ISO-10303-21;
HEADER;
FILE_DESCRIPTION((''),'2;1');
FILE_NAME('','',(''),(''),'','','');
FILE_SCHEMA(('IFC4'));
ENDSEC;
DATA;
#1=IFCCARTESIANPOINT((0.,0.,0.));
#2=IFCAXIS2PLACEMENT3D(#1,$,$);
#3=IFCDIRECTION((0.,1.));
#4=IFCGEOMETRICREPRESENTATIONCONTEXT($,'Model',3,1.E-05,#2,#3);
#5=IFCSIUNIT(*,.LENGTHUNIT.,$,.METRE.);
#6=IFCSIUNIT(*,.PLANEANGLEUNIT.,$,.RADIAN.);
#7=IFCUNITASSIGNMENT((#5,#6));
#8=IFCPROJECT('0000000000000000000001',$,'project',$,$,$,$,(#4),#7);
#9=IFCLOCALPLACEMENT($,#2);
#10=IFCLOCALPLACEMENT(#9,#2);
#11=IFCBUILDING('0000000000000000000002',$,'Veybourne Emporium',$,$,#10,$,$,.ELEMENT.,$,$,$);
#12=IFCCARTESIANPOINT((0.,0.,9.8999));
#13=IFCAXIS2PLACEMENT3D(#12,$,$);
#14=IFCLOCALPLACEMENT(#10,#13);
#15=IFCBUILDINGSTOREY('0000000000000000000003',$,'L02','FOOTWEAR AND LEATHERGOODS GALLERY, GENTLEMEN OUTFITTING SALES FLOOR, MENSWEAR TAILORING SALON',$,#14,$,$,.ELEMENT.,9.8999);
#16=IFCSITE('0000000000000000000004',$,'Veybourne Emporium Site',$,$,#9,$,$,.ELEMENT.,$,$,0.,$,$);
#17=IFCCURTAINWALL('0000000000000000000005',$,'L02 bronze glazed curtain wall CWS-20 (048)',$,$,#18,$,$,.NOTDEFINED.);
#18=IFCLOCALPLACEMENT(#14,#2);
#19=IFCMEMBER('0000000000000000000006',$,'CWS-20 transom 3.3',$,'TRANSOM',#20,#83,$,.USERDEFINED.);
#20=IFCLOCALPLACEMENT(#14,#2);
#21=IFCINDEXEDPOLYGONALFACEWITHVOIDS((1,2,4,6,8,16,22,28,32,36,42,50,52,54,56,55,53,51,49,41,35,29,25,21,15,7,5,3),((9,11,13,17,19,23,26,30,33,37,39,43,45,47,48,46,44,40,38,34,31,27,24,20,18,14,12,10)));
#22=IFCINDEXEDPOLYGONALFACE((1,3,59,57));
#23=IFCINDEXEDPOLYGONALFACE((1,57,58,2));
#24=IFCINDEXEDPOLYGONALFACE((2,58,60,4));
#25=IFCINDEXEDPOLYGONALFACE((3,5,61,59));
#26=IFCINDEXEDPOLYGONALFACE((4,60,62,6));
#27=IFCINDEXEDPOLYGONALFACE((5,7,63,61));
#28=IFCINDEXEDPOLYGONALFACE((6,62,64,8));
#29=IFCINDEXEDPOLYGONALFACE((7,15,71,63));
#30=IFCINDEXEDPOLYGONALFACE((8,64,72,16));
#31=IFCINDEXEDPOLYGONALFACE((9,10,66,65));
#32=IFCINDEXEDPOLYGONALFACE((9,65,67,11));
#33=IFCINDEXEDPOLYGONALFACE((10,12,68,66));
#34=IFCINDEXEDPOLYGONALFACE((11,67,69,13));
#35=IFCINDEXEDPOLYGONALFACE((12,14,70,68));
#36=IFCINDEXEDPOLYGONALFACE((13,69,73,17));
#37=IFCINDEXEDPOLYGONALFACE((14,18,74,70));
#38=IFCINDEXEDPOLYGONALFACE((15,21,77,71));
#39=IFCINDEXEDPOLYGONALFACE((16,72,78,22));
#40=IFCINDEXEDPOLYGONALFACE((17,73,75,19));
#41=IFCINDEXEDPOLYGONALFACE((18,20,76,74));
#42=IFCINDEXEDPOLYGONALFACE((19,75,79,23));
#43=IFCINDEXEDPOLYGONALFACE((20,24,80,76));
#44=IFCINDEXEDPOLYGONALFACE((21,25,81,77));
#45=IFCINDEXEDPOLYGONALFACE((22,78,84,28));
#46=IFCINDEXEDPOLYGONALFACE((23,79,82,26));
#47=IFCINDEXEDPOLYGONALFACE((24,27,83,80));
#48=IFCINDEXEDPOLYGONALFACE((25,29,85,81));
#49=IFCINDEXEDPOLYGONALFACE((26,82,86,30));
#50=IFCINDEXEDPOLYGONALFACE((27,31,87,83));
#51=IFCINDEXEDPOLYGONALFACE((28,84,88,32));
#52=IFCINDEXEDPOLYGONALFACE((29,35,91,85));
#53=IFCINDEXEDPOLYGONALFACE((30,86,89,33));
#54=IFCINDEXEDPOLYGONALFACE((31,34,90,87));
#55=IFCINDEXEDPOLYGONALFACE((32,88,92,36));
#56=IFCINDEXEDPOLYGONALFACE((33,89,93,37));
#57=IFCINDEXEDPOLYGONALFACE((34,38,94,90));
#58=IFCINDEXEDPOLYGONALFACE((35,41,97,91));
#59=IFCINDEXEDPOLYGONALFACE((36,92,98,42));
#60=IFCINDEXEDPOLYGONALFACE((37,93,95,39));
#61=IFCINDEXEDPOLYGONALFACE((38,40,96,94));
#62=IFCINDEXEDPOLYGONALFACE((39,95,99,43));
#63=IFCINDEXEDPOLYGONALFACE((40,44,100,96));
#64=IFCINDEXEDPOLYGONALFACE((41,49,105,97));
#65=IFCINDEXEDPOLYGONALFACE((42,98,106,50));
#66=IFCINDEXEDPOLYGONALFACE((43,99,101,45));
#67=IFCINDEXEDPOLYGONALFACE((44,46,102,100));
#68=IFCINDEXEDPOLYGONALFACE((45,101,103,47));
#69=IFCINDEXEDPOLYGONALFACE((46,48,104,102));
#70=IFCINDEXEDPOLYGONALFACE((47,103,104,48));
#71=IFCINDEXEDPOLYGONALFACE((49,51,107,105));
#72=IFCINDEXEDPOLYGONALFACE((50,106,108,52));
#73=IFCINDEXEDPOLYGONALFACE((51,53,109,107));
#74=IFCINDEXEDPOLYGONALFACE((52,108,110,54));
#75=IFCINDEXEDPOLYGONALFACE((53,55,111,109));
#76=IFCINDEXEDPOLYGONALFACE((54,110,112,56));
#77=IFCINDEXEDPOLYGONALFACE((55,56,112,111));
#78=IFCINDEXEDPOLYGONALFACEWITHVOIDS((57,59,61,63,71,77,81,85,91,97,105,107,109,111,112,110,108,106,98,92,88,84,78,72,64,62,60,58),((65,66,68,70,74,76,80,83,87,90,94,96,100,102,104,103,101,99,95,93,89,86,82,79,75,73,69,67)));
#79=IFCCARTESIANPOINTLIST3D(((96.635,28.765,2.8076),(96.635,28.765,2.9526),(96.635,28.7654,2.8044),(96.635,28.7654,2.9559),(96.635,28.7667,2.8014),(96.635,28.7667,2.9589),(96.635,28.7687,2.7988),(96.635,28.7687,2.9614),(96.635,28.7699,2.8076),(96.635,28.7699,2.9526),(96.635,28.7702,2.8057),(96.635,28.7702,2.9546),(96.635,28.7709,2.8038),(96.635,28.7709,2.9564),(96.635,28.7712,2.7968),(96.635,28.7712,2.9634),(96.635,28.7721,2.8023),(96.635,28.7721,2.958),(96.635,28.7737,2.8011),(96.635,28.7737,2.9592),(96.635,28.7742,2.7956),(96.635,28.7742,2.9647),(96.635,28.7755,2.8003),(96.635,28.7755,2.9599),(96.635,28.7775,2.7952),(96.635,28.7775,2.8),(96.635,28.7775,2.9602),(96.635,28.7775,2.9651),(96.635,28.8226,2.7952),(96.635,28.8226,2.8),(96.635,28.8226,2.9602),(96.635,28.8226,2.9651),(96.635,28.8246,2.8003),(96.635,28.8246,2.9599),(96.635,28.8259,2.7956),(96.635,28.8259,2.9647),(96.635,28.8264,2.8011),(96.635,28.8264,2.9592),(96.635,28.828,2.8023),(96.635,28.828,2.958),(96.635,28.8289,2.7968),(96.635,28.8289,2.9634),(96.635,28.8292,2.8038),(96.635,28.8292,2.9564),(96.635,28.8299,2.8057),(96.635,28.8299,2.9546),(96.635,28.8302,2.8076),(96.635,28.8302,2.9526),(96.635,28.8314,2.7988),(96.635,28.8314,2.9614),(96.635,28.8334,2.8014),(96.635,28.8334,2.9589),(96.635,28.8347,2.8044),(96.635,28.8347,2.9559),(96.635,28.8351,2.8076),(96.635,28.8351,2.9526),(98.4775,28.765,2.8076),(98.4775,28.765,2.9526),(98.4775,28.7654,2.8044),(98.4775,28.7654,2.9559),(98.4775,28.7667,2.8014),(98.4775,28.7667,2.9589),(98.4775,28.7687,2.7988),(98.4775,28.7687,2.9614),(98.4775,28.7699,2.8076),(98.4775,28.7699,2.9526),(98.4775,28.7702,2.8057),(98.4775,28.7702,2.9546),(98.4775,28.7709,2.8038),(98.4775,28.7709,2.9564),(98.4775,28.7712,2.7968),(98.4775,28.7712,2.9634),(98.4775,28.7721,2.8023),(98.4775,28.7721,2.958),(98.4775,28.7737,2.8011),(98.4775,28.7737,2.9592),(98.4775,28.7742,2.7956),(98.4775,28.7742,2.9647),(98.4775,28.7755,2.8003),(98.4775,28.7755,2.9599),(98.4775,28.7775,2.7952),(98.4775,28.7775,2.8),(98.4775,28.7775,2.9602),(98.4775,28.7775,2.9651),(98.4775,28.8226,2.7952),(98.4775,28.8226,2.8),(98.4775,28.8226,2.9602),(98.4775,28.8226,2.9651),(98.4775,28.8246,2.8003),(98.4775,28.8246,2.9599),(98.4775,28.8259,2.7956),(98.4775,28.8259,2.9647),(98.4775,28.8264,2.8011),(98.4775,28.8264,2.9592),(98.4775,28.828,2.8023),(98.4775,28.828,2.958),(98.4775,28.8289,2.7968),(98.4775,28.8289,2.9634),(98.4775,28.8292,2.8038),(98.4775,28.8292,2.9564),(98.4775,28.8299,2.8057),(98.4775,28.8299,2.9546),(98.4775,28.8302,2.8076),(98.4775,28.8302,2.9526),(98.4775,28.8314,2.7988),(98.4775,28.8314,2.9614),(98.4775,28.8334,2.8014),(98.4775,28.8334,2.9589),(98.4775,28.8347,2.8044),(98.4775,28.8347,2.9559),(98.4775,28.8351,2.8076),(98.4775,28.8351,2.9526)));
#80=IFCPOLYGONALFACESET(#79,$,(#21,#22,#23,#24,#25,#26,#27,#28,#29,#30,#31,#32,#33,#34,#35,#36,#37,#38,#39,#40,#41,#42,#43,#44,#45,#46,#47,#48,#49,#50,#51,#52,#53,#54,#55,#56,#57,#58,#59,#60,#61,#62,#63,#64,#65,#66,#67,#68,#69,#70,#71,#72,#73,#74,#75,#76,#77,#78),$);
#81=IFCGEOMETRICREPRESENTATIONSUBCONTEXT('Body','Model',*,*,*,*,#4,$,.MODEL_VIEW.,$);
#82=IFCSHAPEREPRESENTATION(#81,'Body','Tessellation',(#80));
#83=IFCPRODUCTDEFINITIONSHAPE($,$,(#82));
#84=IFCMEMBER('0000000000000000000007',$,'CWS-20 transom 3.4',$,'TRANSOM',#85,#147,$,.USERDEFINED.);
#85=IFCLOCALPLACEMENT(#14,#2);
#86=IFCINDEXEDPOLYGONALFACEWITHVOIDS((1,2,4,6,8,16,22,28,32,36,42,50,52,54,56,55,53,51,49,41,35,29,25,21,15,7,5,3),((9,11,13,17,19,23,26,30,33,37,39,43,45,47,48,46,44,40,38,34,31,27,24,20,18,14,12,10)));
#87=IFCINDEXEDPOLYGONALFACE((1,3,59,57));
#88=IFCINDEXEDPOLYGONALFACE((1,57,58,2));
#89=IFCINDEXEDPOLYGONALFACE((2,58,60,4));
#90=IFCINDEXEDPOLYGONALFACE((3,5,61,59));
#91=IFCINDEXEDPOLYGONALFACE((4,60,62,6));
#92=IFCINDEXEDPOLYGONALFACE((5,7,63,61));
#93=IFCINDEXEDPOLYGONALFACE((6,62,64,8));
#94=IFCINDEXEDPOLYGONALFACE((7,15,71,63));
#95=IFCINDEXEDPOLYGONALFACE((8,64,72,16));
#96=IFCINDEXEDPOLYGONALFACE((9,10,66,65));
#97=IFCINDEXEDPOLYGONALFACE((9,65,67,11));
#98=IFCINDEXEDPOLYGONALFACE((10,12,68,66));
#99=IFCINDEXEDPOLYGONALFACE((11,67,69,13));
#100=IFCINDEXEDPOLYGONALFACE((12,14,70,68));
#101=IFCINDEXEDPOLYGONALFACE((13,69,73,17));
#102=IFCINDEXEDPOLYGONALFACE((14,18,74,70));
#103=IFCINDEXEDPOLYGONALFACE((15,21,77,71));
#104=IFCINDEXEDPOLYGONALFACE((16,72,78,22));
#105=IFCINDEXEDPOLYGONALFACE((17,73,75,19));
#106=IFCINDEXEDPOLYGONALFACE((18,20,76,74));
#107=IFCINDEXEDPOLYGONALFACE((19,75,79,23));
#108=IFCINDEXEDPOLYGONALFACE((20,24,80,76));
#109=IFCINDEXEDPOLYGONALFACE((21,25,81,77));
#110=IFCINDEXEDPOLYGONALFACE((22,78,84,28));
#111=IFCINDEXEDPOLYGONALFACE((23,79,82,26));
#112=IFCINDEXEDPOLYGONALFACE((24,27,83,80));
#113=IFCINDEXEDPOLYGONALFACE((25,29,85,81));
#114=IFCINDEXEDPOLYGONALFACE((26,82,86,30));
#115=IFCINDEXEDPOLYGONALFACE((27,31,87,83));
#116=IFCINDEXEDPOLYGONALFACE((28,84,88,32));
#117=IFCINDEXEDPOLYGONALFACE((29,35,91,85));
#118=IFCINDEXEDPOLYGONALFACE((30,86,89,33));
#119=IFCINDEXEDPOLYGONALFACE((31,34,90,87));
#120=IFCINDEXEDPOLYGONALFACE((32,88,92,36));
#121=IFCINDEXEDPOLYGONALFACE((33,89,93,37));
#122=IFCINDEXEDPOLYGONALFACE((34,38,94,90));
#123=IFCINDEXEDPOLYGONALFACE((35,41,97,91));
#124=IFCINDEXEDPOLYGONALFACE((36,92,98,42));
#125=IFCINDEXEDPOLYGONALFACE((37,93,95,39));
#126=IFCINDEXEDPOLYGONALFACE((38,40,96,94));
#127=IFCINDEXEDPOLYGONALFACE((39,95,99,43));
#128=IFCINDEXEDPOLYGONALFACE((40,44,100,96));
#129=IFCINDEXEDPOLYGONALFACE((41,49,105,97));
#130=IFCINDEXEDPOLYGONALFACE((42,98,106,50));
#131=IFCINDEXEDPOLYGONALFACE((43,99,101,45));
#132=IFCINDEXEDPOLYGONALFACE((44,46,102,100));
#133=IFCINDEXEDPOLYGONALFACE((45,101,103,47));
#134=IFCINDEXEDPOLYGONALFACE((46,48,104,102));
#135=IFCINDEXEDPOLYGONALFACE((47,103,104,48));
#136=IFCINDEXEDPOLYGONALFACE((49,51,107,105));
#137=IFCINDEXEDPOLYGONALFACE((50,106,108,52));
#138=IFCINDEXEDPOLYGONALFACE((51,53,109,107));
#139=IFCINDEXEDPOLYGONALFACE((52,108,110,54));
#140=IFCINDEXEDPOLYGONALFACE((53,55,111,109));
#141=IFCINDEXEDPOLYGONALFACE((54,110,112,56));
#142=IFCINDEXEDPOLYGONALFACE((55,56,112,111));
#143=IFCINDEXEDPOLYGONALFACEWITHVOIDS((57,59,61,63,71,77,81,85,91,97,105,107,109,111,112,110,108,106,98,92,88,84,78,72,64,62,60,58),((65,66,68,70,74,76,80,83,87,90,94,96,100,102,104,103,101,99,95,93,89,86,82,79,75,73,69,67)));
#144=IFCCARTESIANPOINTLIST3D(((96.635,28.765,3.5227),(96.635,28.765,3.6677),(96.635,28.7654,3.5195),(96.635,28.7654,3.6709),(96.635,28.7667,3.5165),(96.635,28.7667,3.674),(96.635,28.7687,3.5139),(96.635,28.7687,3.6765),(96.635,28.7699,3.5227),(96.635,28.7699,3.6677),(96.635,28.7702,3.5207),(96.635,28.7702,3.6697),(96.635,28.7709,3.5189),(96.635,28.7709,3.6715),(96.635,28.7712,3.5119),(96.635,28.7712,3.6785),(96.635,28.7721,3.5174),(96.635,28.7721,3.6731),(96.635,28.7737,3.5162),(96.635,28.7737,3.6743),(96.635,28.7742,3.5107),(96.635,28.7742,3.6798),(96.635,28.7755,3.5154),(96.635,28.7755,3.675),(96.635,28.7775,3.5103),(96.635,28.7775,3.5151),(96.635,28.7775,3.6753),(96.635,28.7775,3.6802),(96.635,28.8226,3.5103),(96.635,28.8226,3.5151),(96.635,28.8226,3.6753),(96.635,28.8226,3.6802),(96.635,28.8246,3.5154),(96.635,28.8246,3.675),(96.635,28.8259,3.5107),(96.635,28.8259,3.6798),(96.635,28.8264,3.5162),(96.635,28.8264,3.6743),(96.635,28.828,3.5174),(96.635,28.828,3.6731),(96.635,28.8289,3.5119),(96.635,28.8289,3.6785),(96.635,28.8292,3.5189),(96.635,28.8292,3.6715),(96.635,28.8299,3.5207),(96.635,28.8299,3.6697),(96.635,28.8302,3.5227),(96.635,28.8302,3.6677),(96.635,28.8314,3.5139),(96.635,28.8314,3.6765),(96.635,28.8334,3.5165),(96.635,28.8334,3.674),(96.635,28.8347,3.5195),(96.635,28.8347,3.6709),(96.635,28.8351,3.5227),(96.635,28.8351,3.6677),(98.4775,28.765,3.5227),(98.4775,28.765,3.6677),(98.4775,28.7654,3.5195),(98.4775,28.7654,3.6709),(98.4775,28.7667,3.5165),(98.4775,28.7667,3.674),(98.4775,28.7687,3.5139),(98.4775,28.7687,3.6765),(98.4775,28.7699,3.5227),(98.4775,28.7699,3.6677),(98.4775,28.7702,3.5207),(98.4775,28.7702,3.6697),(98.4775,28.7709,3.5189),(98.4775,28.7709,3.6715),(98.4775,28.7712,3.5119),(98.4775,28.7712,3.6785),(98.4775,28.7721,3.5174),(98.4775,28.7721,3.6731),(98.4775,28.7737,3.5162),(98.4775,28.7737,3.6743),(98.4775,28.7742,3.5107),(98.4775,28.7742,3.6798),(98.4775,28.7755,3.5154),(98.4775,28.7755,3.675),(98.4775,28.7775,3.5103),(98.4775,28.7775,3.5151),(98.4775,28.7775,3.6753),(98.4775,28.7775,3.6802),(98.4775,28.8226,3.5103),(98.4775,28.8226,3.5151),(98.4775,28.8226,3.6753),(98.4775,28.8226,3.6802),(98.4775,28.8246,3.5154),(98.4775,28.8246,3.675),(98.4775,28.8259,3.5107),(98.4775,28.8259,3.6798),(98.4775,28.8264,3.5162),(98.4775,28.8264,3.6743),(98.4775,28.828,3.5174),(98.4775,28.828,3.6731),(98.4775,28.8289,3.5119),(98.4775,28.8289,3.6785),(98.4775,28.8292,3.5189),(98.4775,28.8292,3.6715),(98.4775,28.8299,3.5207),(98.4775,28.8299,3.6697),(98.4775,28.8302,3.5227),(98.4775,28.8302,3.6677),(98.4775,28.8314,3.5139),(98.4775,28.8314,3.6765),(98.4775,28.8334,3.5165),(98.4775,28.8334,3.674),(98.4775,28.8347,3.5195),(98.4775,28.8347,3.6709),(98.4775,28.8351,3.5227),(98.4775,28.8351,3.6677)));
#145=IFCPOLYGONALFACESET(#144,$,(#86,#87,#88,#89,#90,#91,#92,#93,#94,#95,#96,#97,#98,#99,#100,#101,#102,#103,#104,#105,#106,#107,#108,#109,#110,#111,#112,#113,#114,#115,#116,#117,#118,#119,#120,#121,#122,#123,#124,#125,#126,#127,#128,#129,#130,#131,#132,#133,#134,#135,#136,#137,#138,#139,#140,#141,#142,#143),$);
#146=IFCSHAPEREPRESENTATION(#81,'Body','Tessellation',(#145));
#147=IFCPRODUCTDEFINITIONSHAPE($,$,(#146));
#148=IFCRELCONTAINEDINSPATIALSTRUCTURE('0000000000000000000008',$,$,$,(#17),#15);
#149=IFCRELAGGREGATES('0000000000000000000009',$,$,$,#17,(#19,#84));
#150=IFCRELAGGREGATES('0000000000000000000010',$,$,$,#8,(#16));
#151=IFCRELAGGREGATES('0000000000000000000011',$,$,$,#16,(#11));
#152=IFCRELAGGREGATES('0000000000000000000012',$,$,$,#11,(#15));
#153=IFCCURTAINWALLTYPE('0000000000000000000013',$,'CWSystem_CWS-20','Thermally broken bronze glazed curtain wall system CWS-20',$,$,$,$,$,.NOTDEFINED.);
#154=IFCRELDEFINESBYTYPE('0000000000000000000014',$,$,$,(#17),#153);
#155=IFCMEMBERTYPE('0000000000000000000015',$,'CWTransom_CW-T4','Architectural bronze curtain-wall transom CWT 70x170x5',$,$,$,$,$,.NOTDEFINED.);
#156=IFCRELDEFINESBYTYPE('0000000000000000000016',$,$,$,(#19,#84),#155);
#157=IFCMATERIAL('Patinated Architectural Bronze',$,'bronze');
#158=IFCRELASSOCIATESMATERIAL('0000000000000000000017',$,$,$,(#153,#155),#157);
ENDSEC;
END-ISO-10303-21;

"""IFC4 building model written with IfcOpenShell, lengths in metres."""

from ifc_helpers import new_model, si_unit, direction, frame, origin, origin_2d, place, context, subcontext, project, spatial, hollow_rectangle, extrude, material, material_profile, profile_set, type_object, element, aggregate, save


model = new_model("IFC4")

# Units and contexts
model_context = context("Model", 3, precision=1e-05, world=origin(), true_north=direction((0.0, 1.0)))
body_context = subcontext(model_context, "Body", "Model", "MODEL_VIEW")
ifc_project = project(units=[si_unit("LENGTHUNIT", "METRE"), si_unit("PLANEANGLEUNIT", "RADIAN")], contexts=[model_context])

# Site, building, storey
site_placement = place(None, origin())
site = spatial("IfcSite", under=ifc_project, at=site_placement, Name="Veybourne Emporium Site", CompositionType="ELEMENT", RefElevation=0.0)
building_placement = place(site_placement, origin())
building = spatial("IfcBuilding", under=site, at=building_placement, Name="Veybourne Emporium", CompositionType="ELEMENT")
storey_placement = place(building_placement, frame((0.0, 0.0, 9.8999)))
storey = spatial("IfcBuildingStorey", under=building, at=storey_placement, Name="L02", Description="FOOTWEAR AND LEATHERGOODS GALLERY, GENTLEMEN OUTFITTING SALES FLOOR, MENSWEAR TAILORING SALON", CompositionType="ELEMENT", Elevation=9.8999)

# Curtain wall, members
ifc_material_1 = material(Name="Patinated Architectural Bronze", Category="bronze")
curtain_wall_type = type_object("IfcCurtainWallType", Name="CWSystem_CWS-20", Description="Thermally broken bronze glazed curtain wall system CWS-20", PredefinedType="NOTDEFINED", material=ifc_material_1)
curtain_wall_placement = place(storey_placement, origin())
curtain_wall = element("IfcCurtainWall", 1, at=curtain_wall_placement, inside=storey, type_object=curtain_wall_type, Name="L02 bronze glazed curtain wall CWS-20 (048)", PredefinedType="NOTDEFINED")
ifc_material_profile_1 = material_profile(ifc_material_1, hollow_rectangle(XDim=0.0701, YDim=0.1699, WallThickness=0.0049, InnerFilletRadius=0.0076, OuterFilletRadius=0.0125, at=origin_2d()), Name="CWT 70x170x5")
ifc_profile_set_1 = profile_set([ifc_material_profile_1], Name="Patinated Architectural Bronze")
member_type_1 = type_object("IfcMemberType", Name="CWTransom_CW-T4", Description="Architectural bronze curtain-wall transom CWT 70x170x5", PredefinedType="NOTDEFINED", material=ifc_profile_set_1)
member_1_placement = place(storey_placement, frame((96.635, 28.8, 2.8801), z_axis=(1.0, 0.0, 0.0), x_axis=(0.0, 1.0, 0.0)))
member_1 = element("IfcMember", 2, at=member_1_placement, type_object=member_type_1, Name="CWS-20 transom 3.3", ObjectType="TRANSOM", PredefinedType="USERDEFINED", context=body_context, shape_type="SweptSolid", body=[
    extrude(hollow_rectangle(XDim=0.0701, YDim=0.1699, WallThickness=0.0049, InnerFilletRadius=0.0076, OuterFilletRadius=0.0125, at=origin_2d()), origin(), (0.0, 0.0, 1.0), 1.8425),
])
member_2_placement = place(storey_placement, frame((96.635, 28.8, 3.5952), z_axis=(1.0, 0.0, 0.0), x_axis=(0.0, 1.0, 0.0)))
member_2 = element("IfcMember", 3, at=member_2_placement, type_object=member_type_1, Name="CWS-20 transom 3.4", ObjectType="TRANSOM", PredefinedType="USERDEFINED", context=body_context, shape_type="SweptSolid", body=[
    extrude(hollow_rectangle(XDim=0.0701, YDim=0.1699, WallThickness=0.0049, InnerFilletRadius=0.0076, OuterFilletRadius=0.0125, at=origin_2d()), origin(), (0.0, 0.0, 1.0), 1.8425),
])
aggregate(curtain_wall, [member_1, member_2])

save(model, "model.ifc")
